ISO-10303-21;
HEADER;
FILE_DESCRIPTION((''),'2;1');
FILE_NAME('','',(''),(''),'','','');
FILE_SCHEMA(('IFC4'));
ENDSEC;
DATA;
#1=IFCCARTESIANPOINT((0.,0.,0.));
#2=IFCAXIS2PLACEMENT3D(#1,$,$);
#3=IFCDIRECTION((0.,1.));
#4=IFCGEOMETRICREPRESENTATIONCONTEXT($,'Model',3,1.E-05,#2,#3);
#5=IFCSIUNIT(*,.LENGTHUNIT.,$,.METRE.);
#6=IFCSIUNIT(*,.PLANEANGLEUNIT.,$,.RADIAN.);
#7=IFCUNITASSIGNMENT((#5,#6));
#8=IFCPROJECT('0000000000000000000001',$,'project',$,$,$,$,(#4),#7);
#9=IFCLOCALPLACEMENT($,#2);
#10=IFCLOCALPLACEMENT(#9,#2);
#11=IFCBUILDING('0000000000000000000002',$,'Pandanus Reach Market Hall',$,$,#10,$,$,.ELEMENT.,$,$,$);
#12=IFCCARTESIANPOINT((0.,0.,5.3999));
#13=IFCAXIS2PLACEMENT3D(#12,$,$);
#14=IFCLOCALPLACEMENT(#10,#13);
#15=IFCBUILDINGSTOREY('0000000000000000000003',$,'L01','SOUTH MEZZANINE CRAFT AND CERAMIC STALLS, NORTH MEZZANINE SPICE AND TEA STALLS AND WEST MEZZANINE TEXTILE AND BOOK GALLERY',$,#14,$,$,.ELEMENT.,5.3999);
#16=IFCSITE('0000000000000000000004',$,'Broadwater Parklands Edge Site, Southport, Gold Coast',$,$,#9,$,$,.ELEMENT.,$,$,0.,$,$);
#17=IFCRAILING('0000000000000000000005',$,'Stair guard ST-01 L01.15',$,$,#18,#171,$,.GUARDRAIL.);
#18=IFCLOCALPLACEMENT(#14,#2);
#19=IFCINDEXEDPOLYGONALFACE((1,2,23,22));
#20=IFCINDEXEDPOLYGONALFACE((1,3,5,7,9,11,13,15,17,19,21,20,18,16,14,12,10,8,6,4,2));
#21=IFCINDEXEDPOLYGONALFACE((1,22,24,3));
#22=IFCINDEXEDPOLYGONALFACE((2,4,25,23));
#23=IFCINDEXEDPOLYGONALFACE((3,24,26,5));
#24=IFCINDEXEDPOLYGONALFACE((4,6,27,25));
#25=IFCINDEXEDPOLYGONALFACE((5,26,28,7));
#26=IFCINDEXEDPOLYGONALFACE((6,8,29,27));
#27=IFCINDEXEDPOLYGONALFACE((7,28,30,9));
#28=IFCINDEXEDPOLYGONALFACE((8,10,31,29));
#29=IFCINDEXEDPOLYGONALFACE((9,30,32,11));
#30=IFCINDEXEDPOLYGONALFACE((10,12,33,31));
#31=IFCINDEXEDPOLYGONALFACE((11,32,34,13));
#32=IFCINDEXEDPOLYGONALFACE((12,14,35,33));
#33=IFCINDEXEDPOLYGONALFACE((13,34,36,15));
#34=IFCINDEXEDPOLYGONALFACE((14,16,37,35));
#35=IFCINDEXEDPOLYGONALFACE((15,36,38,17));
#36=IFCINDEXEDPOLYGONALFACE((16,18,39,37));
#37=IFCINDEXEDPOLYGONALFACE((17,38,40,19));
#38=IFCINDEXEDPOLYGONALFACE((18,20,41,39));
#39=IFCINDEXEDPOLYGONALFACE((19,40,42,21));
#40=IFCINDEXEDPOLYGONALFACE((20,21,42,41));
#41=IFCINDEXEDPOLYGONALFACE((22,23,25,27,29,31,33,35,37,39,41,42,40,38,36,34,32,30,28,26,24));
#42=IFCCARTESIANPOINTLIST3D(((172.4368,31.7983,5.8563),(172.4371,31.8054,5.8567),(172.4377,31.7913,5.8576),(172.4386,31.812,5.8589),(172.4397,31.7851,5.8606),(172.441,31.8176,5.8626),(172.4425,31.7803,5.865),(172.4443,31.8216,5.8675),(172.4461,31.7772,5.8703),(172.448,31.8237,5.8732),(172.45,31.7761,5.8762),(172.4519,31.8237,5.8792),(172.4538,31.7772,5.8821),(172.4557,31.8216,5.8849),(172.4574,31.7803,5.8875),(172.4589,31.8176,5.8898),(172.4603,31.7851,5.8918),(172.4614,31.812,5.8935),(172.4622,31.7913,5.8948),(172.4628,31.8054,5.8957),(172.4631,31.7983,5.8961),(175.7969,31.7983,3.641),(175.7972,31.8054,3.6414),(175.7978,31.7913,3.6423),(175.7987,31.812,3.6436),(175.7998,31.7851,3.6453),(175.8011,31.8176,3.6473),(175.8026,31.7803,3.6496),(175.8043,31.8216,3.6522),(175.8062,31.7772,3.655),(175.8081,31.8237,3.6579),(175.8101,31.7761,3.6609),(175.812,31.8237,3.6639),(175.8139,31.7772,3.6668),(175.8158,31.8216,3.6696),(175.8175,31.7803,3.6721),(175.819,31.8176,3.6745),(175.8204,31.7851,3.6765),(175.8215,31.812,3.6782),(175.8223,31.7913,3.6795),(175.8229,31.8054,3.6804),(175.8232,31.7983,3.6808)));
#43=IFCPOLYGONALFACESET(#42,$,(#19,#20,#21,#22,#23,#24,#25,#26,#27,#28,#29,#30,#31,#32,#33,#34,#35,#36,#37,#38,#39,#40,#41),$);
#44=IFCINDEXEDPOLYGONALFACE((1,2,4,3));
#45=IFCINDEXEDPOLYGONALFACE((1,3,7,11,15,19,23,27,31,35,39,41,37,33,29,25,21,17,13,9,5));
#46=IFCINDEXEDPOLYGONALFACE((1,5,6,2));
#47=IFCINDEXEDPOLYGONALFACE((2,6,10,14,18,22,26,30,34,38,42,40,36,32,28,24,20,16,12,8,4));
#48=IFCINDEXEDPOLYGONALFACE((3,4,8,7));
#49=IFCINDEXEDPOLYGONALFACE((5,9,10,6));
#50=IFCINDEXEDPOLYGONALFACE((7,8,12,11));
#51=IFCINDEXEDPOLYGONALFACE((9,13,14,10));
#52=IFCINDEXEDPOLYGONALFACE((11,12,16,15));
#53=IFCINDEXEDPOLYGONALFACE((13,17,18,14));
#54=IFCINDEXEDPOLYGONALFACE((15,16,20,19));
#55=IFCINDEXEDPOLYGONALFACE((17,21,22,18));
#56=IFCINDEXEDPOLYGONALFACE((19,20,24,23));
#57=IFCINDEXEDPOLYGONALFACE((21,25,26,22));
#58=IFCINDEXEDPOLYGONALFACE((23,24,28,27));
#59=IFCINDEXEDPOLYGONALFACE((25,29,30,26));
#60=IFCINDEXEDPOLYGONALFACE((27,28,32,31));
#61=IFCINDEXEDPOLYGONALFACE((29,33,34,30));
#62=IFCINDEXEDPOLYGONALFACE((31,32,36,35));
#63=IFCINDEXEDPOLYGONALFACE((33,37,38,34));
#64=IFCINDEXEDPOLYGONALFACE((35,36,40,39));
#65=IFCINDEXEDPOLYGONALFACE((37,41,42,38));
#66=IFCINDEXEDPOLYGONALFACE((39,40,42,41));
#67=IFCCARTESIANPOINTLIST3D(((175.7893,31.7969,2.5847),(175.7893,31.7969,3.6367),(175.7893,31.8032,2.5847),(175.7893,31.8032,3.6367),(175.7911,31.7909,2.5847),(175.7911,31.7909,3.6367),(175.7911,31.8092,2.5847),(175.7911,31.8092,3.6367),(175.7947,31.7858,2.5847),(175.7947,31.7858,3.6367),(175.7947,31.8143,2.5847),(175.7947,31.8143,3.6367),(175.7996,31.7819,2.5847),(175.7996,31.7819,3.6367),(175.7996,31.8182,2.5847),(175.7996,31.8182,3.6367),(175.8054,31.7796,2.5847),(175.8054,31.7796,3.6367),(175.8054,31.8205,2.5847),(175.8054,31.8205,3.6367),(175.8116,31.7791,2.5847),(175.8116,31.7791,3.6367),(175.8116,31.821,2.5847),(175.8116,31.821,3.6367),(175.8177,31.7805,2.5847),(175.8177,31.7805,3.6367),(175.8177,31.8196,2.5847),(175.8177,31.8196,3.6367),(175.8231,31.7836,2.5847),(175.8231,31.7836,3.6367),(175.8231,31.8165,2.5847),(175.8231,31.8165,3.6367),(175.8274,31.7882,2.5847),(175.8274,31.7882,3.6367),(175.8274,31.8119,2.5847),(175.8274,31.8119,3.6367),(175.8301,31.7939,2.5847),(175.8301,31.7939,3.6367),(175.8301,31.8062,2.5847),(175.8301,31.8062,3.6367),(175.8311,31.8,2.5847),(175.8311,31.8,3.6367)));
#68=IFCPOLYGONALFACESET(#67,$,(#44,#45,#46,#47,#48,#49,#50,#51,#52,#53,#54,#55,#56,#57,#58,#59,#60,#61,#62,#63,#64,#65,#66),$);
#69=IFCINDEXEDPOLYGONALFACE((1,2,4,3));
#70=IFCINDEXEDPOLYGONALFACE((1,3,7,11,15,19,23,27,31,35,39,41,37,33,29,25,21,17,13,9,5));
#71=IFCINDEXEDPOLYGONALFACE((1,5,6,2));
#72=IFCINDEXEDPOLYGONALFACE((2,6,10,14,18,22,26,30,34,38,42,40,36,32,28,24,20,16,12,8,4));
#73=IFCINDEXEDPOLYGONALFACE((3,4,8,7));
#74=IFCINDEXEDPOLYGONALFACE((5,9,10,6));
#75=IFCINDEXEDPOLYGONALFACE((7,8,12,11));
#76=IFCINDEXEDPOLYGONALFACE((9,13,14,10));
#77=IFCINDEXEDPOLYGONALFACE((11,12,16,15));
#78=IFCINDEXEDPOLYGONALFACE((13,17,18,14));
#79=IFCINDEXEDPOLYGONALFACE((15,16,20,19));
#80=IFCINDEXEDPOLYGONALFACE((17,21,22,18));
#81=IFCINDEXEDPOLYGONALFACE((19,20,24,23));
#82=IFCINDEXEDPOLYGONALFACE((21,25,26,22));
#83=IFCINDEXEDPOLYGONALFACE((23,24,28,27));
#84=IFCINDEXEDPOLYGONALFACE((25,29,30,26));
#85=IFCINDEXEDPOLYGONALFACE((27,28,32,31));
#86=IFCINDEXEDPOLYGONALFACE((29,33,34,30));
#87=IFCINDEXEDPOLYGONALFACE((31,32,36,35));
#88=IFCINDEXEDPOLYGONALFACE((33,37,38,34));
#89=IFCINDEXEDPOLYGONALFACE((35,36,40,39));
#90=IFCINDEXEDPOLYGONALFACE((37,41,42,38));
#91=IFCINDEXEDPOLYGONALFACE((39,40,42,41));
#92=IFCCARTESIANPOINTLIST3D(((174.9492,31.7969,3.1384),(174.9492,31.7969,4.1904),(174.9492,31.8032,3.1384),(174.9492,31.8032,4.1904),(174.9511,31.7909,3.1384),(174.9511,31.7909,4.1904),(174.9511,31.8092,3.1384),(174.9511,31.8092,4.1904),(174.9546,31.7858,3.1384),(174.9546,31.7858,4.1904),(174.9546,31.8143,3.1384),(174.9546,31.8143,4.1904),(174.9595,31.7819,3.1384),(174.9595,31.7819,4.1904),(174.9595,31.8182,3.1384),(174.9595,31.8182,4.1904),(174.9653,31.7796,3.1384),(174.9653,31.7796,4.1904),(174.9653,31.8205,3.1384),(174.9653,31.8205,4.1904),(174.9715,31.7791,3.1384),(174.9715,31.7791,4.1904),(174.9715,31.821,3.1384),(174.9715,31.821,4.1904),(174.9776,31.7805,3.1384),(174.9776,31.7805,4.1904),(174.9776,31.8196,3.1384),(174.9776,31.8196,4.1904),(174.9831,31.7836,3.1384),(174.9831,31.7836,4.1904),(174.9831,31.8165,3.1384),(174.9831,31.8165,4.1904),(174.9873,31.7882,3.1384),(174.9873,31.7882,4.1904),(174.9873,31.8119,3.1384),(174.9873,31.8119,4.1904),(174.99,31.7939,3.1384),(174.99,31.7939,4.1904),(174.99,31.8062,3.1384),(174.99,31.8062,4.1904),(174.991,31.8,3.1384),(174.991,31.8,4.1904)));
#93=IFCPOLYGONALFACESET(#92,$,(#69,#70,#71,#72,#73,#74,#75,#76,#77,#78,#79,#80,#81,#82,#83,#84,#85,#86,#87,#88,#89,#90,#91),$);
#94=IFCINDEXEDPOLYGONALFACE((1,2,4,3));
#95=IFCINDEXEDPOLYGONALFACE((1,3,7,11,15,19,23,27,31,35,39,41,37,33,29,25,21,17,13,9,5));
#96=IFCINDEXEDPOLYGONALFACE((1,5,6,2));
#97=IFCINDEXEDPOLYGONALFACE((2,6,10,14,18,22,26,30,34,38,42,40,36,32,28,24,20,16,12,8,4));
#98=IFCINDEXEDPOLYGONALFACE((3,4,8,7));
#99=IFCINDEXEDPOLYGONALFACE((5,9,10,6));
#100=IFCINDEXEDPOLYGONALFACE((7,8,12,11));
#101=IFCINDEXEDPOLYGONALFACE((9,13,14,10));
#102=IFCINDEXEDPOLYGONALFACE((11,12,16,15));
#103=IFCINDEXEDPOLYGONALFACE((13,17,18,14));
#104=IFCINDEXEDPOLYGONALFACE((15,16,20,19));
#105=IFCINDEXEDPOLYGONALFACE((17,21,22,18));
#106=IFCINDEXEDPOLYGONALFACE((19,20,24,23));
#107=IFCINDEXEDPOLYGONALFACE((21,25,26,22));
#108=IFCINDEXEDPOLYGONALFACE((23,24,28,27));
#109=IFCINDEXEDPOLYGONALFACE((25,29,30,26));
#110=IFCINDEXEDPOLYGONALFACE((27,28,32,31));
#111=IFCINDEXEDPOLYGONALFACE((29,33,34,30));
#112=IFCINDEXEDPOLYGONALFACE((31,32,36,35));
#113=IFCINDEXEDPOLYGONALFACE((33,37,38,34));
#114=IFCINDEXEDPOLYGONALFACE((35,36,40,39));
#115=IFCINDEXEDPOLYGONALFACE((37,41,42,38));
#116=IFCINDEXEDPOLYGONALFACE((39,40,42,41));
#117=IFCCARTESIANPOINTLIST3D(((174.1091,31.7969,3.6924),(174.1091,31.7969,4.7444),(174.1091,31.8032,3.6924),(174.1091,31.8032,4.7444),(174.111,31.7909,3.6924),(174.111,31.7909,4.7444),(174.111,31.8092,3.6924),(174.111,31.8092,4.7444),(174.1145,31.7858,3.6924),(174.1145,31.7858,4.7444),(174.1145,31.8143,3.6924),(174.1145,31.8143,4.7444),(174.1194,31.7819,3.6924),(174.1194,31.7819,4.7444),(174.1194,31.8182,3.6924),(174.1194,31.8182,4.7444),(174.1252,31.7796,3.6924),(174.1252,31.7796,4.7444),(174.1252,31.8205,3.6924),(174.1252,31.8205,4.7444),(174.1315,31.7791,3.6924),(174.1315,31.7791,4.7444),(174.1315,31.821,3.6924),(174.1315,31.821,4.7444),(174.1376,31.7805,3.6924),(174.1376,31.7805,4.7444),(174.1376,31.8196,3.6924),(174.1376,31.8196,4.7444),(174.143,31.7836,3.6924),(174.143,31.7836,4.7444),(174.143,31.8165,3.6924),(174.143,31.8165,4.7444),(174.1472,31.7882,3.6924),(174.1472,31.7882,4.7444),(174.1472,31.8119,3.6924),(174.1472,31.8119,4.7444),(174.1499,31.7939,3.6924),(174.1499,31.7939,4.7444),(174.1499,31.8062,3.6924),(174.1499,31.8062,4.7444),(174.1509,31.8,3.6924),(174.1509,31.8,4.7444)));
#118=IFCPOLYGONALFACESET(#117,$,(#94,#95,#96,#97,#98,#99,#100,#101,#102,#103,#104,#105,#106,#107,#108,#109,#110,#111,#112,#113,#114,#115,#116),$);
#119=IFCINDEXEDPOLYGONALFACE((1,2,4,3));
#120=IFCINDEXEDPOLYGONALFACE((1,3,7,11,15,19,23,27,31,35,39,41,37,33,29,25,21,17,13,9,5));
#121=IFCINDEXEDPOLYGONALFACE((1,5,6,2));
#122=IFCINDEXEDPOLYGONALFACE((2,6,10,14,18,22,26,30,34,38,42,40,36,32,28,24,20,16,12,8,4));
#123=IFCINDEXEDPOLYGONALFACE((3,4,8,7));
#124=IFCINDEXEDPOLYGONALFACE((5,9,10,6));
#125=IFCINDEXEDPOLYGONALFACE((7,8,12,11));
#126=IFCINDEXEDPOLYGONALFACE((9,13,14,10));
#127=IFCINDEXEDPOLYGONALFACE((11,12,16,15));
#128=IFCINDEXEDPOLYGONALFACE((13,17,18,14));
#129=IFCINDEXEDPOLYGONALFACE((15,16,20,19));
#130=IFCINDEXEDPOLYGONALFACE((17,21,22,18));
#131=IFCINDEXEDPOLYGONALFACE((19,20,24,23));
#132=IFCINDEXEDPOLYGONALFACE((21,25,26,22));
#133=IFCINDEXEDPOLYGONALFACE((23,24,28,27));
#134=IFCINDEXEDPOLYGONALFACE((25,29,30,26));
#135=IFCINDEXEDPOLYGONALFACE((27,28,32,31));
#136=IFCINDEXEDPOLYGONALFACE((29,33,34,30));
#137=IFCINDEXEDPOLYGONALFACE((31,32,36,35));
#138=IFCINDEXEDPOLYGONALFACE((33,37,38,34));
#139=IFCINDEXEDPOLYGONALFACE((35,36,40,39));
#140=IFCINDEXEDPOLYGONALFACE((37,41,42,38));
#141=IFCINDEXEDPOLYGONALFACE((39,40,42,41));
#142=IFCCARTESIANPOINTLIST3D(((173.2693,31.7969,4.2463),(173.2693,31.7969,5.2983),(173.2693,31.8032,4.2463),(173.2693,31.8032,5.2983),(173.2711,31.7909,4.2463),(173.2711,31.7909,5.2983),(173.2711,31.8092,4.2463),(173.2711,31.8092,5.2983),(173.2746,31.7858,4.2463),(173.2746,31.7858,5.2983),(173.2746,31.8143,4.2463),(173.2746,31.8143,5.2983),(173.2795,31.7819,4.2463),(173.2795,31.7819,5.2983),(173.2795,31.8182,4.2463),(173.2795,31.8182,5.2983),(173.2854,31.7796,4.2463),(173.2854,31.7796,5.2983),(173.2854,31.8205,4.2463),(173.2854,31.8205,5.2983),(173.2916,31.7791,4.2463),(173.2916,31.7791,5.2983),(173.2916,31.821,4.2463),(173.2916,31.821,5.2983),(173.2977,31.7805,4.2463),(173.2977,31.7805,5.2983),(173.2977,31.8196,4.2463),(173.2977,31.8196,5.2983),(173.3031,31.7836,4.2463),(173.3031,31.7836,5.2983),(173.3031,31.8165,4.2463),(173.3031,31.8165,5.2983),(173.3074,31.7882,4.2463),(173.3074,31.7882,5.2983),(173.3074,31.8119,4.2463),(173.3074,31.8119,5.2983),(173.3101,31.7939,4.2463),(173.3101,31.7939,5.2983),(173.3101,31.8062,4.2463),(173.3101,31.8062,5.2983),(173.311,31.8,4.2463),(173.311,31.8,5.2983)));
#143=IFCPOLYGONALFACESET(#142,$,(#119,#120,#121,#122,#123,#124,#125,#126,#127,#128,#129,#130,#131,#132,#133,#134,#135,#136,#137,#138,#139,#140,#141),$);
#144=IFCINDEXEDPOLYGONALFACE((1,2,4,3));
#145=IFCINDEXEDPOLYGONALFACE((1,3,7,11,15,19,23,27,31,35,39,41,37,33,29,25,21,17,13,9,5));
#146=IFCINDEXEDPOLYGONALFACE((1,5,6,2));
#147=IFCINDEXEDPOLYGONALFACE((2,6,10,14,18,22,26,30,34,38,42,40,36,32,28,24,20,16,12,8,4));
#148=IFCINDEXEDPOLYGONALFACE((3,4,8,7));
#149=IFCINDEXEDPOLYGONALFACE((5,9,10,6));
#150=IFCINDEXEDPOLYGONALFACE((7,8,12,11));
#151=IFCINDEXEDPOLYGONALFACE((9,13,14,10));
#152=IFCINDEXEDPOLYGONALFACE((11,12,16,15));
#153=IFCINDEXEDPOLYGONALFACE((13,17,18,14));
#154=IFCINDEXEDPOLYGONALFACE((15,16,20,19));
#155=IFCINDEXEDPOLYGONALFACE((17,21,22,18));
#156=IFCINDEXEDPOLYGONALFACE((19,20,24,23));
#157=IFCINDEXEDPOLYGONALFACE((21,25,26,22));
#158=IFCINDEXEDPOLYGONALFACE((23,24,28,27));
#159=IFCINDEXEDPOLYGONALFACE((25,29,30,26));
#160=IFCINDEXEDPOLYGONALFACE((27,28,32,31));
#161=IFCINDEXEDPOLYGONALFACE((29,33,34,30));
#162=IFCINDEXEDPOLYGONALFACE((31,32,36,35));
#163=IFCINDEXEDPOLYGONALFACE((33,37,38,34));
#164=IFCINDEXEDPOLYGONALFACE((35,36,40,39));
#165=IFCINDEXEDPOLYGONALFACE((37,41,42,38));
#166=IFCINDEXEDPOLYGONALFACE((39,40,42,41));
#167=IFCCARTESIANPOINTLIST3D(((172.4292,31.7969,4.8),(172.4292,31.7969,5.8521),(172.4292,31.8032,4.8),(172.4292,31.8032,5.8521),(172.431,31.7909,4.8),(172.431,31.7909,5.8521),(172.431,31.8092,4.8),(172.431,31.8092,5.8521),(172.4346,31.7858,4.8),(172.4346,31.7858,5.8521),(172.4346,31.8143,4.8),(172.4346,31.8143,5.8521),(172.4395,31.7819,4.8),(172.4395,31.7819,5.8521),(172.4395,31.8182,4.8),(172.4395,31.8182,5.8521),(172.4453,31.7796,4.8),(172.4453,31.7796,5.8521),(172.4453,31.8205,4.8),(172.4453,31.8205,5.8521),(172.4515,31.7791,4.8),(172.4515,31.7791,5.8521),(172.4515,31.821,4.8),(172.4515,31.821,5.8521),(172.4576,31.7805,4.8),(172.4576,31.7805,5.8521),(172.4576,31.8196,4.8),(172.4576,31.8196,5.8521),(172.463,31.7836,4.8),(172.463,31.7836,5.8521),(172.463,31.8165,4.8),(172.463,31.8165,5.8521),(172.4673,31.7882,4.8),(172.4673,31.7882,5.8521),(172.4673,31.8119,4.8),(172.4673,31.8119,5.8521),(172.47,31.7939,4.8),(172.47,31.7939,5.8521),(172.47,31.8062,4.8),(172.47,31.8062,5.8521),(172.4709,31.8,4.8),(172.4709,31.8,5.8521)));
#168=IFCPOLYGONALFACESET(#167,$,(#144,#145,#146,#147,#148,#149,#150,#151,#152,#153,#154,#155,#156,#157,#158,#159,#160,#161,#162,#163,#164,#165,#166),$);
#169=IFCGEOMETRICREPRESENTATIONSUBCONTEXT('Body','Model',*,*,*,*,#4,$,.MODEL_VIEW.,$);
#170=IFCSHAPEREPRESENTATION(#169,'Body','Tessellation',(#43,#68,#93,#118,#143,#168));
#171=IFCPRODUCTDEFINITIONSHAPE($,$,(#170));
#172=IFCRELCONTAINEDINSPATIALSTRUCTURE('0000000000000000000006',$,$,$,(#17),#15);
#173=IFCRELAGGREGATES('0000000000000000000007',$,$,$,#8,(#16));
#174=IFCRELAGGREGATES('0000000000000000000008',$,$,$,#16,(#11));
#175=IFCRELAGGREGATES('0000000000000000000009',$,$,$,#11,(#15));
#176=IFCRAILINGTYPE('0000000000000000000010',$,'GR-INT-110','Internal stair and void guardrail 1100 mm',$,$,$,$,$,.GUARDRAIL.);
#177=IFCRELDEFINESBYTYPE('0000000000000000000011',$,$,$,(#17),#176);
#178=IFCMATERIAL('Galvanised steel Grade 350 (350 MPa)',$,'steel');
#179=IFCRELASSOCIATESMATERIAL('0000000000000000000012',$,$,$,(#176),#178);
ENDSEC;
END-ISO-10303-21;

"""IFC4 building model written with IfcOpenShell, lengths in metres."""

from ifc_helpers import new_model, si_unit, direction, frame, origin, origin_2d, place, context, subcontext, project, spatial, circle, extrude, material, type_object, element, save


model = new_model("IFC4")

# Units and contexts
model_context = context("Model", 3, precision=1e-05, world=origin(), true_north=direction((0.0, 1.0)))
body_context = subcontext(model_context, "Body", "Model", "MODEL_VIEW")
ifc_project = project(units=[si_unit("LENGTHUNIT", "METRE"), si_unit("PLANEANGLEUNIT", "RADIAN")], contexts=[model_context])

# Site, building, storey
site_placement = place(None, origin())
site = spatial("IfcSite", under=ifc_project, at=site_placement, Name="Broadwater Parklands Edge Site, Southport, Gold Coast", CompositionType="ELEMENT", RefElevation=0.0)
building_placement = place(site_placement, origin())
building = spatial("IfcBuilding", under=site, at=building_placement, Name="Pandanus Reach Market Hall", CompositionType="ELEMENT")
storey_placement = place(building_placement, frame((0.0, 0.0, 5.3999)))
storey = spatial("IfcBuildingStorey", under=building, at=storey_placement, Name="L01", Description="SOUTH MEZZANINE CRAFT AND CERAMIC STALLS, NORTH MEZZANINE SPICE AND TEA STALLS AND WEST MEZZANINE TEXTILE AND BOOK GALLERY", CompositionType="ELEMENT", Elevation=5.3999)

# Railing
ifc_material_1 = material(Name="Galvanised steel Grade 350 (350 MPa)", Category="steel")
railing_type_1 = type_object("IfcRailingType", Name="GR-INT-110", Description="Internal stair and void guardrail 1100 mm", PredefinedType="GUARDRAIL", material=ifc_material_1)
railing_1_placement = place(storey_placement, frame((175.8101, 31.8, 2.5847)))
element("IfcRailing", 1, at=railing_1_placement, inside=storey, type_object=railing_type_1, Name="Stair guard ST-01 L01.15", PredefinedType="GUARDRAIL", context=body_context, shape_type="SweptSolid", body=[
    extrude(circle(Radius=0.0239, at=origin_2d()), frame((0.0, 0.0, 1.0762), z_axis=(-0.834876, 0.0, 0.550437), x_axis=(0.0, -1.0, 0.0)), (0.0, 0.0, 1.0), 4.0247),
    extrude(circle(Radius=0.021, at=origin_2d()), origin(), (0.0, 0.0, 1.0), 1.052),
    extrude(circle(Radius=0.021, at=origin_2d()), frame((-0.8401, 0.0, 0.5537)), (0.0, 0.0, 1.0), 1.052),
    extrude(circle(Radius=0.021, at=origin_2d()), frame((-1.6802, 0.0, 1.1077)), (0.0, 0.0, 1.0), 1.052),
    extrude(circle(Radius=0.021, at=origin_2d()), frame((-2.52, 0.0, 1.6616)), (0.0, 0.0, 1.0), 1.052),
    extrude(circle(Radius=0.021, at=origin_2d()), frame((-3.3601, 0.0, 2.2153)), (0.0, 0.0, 1.0), 1.052),
])

save(model, "model.ifc")
